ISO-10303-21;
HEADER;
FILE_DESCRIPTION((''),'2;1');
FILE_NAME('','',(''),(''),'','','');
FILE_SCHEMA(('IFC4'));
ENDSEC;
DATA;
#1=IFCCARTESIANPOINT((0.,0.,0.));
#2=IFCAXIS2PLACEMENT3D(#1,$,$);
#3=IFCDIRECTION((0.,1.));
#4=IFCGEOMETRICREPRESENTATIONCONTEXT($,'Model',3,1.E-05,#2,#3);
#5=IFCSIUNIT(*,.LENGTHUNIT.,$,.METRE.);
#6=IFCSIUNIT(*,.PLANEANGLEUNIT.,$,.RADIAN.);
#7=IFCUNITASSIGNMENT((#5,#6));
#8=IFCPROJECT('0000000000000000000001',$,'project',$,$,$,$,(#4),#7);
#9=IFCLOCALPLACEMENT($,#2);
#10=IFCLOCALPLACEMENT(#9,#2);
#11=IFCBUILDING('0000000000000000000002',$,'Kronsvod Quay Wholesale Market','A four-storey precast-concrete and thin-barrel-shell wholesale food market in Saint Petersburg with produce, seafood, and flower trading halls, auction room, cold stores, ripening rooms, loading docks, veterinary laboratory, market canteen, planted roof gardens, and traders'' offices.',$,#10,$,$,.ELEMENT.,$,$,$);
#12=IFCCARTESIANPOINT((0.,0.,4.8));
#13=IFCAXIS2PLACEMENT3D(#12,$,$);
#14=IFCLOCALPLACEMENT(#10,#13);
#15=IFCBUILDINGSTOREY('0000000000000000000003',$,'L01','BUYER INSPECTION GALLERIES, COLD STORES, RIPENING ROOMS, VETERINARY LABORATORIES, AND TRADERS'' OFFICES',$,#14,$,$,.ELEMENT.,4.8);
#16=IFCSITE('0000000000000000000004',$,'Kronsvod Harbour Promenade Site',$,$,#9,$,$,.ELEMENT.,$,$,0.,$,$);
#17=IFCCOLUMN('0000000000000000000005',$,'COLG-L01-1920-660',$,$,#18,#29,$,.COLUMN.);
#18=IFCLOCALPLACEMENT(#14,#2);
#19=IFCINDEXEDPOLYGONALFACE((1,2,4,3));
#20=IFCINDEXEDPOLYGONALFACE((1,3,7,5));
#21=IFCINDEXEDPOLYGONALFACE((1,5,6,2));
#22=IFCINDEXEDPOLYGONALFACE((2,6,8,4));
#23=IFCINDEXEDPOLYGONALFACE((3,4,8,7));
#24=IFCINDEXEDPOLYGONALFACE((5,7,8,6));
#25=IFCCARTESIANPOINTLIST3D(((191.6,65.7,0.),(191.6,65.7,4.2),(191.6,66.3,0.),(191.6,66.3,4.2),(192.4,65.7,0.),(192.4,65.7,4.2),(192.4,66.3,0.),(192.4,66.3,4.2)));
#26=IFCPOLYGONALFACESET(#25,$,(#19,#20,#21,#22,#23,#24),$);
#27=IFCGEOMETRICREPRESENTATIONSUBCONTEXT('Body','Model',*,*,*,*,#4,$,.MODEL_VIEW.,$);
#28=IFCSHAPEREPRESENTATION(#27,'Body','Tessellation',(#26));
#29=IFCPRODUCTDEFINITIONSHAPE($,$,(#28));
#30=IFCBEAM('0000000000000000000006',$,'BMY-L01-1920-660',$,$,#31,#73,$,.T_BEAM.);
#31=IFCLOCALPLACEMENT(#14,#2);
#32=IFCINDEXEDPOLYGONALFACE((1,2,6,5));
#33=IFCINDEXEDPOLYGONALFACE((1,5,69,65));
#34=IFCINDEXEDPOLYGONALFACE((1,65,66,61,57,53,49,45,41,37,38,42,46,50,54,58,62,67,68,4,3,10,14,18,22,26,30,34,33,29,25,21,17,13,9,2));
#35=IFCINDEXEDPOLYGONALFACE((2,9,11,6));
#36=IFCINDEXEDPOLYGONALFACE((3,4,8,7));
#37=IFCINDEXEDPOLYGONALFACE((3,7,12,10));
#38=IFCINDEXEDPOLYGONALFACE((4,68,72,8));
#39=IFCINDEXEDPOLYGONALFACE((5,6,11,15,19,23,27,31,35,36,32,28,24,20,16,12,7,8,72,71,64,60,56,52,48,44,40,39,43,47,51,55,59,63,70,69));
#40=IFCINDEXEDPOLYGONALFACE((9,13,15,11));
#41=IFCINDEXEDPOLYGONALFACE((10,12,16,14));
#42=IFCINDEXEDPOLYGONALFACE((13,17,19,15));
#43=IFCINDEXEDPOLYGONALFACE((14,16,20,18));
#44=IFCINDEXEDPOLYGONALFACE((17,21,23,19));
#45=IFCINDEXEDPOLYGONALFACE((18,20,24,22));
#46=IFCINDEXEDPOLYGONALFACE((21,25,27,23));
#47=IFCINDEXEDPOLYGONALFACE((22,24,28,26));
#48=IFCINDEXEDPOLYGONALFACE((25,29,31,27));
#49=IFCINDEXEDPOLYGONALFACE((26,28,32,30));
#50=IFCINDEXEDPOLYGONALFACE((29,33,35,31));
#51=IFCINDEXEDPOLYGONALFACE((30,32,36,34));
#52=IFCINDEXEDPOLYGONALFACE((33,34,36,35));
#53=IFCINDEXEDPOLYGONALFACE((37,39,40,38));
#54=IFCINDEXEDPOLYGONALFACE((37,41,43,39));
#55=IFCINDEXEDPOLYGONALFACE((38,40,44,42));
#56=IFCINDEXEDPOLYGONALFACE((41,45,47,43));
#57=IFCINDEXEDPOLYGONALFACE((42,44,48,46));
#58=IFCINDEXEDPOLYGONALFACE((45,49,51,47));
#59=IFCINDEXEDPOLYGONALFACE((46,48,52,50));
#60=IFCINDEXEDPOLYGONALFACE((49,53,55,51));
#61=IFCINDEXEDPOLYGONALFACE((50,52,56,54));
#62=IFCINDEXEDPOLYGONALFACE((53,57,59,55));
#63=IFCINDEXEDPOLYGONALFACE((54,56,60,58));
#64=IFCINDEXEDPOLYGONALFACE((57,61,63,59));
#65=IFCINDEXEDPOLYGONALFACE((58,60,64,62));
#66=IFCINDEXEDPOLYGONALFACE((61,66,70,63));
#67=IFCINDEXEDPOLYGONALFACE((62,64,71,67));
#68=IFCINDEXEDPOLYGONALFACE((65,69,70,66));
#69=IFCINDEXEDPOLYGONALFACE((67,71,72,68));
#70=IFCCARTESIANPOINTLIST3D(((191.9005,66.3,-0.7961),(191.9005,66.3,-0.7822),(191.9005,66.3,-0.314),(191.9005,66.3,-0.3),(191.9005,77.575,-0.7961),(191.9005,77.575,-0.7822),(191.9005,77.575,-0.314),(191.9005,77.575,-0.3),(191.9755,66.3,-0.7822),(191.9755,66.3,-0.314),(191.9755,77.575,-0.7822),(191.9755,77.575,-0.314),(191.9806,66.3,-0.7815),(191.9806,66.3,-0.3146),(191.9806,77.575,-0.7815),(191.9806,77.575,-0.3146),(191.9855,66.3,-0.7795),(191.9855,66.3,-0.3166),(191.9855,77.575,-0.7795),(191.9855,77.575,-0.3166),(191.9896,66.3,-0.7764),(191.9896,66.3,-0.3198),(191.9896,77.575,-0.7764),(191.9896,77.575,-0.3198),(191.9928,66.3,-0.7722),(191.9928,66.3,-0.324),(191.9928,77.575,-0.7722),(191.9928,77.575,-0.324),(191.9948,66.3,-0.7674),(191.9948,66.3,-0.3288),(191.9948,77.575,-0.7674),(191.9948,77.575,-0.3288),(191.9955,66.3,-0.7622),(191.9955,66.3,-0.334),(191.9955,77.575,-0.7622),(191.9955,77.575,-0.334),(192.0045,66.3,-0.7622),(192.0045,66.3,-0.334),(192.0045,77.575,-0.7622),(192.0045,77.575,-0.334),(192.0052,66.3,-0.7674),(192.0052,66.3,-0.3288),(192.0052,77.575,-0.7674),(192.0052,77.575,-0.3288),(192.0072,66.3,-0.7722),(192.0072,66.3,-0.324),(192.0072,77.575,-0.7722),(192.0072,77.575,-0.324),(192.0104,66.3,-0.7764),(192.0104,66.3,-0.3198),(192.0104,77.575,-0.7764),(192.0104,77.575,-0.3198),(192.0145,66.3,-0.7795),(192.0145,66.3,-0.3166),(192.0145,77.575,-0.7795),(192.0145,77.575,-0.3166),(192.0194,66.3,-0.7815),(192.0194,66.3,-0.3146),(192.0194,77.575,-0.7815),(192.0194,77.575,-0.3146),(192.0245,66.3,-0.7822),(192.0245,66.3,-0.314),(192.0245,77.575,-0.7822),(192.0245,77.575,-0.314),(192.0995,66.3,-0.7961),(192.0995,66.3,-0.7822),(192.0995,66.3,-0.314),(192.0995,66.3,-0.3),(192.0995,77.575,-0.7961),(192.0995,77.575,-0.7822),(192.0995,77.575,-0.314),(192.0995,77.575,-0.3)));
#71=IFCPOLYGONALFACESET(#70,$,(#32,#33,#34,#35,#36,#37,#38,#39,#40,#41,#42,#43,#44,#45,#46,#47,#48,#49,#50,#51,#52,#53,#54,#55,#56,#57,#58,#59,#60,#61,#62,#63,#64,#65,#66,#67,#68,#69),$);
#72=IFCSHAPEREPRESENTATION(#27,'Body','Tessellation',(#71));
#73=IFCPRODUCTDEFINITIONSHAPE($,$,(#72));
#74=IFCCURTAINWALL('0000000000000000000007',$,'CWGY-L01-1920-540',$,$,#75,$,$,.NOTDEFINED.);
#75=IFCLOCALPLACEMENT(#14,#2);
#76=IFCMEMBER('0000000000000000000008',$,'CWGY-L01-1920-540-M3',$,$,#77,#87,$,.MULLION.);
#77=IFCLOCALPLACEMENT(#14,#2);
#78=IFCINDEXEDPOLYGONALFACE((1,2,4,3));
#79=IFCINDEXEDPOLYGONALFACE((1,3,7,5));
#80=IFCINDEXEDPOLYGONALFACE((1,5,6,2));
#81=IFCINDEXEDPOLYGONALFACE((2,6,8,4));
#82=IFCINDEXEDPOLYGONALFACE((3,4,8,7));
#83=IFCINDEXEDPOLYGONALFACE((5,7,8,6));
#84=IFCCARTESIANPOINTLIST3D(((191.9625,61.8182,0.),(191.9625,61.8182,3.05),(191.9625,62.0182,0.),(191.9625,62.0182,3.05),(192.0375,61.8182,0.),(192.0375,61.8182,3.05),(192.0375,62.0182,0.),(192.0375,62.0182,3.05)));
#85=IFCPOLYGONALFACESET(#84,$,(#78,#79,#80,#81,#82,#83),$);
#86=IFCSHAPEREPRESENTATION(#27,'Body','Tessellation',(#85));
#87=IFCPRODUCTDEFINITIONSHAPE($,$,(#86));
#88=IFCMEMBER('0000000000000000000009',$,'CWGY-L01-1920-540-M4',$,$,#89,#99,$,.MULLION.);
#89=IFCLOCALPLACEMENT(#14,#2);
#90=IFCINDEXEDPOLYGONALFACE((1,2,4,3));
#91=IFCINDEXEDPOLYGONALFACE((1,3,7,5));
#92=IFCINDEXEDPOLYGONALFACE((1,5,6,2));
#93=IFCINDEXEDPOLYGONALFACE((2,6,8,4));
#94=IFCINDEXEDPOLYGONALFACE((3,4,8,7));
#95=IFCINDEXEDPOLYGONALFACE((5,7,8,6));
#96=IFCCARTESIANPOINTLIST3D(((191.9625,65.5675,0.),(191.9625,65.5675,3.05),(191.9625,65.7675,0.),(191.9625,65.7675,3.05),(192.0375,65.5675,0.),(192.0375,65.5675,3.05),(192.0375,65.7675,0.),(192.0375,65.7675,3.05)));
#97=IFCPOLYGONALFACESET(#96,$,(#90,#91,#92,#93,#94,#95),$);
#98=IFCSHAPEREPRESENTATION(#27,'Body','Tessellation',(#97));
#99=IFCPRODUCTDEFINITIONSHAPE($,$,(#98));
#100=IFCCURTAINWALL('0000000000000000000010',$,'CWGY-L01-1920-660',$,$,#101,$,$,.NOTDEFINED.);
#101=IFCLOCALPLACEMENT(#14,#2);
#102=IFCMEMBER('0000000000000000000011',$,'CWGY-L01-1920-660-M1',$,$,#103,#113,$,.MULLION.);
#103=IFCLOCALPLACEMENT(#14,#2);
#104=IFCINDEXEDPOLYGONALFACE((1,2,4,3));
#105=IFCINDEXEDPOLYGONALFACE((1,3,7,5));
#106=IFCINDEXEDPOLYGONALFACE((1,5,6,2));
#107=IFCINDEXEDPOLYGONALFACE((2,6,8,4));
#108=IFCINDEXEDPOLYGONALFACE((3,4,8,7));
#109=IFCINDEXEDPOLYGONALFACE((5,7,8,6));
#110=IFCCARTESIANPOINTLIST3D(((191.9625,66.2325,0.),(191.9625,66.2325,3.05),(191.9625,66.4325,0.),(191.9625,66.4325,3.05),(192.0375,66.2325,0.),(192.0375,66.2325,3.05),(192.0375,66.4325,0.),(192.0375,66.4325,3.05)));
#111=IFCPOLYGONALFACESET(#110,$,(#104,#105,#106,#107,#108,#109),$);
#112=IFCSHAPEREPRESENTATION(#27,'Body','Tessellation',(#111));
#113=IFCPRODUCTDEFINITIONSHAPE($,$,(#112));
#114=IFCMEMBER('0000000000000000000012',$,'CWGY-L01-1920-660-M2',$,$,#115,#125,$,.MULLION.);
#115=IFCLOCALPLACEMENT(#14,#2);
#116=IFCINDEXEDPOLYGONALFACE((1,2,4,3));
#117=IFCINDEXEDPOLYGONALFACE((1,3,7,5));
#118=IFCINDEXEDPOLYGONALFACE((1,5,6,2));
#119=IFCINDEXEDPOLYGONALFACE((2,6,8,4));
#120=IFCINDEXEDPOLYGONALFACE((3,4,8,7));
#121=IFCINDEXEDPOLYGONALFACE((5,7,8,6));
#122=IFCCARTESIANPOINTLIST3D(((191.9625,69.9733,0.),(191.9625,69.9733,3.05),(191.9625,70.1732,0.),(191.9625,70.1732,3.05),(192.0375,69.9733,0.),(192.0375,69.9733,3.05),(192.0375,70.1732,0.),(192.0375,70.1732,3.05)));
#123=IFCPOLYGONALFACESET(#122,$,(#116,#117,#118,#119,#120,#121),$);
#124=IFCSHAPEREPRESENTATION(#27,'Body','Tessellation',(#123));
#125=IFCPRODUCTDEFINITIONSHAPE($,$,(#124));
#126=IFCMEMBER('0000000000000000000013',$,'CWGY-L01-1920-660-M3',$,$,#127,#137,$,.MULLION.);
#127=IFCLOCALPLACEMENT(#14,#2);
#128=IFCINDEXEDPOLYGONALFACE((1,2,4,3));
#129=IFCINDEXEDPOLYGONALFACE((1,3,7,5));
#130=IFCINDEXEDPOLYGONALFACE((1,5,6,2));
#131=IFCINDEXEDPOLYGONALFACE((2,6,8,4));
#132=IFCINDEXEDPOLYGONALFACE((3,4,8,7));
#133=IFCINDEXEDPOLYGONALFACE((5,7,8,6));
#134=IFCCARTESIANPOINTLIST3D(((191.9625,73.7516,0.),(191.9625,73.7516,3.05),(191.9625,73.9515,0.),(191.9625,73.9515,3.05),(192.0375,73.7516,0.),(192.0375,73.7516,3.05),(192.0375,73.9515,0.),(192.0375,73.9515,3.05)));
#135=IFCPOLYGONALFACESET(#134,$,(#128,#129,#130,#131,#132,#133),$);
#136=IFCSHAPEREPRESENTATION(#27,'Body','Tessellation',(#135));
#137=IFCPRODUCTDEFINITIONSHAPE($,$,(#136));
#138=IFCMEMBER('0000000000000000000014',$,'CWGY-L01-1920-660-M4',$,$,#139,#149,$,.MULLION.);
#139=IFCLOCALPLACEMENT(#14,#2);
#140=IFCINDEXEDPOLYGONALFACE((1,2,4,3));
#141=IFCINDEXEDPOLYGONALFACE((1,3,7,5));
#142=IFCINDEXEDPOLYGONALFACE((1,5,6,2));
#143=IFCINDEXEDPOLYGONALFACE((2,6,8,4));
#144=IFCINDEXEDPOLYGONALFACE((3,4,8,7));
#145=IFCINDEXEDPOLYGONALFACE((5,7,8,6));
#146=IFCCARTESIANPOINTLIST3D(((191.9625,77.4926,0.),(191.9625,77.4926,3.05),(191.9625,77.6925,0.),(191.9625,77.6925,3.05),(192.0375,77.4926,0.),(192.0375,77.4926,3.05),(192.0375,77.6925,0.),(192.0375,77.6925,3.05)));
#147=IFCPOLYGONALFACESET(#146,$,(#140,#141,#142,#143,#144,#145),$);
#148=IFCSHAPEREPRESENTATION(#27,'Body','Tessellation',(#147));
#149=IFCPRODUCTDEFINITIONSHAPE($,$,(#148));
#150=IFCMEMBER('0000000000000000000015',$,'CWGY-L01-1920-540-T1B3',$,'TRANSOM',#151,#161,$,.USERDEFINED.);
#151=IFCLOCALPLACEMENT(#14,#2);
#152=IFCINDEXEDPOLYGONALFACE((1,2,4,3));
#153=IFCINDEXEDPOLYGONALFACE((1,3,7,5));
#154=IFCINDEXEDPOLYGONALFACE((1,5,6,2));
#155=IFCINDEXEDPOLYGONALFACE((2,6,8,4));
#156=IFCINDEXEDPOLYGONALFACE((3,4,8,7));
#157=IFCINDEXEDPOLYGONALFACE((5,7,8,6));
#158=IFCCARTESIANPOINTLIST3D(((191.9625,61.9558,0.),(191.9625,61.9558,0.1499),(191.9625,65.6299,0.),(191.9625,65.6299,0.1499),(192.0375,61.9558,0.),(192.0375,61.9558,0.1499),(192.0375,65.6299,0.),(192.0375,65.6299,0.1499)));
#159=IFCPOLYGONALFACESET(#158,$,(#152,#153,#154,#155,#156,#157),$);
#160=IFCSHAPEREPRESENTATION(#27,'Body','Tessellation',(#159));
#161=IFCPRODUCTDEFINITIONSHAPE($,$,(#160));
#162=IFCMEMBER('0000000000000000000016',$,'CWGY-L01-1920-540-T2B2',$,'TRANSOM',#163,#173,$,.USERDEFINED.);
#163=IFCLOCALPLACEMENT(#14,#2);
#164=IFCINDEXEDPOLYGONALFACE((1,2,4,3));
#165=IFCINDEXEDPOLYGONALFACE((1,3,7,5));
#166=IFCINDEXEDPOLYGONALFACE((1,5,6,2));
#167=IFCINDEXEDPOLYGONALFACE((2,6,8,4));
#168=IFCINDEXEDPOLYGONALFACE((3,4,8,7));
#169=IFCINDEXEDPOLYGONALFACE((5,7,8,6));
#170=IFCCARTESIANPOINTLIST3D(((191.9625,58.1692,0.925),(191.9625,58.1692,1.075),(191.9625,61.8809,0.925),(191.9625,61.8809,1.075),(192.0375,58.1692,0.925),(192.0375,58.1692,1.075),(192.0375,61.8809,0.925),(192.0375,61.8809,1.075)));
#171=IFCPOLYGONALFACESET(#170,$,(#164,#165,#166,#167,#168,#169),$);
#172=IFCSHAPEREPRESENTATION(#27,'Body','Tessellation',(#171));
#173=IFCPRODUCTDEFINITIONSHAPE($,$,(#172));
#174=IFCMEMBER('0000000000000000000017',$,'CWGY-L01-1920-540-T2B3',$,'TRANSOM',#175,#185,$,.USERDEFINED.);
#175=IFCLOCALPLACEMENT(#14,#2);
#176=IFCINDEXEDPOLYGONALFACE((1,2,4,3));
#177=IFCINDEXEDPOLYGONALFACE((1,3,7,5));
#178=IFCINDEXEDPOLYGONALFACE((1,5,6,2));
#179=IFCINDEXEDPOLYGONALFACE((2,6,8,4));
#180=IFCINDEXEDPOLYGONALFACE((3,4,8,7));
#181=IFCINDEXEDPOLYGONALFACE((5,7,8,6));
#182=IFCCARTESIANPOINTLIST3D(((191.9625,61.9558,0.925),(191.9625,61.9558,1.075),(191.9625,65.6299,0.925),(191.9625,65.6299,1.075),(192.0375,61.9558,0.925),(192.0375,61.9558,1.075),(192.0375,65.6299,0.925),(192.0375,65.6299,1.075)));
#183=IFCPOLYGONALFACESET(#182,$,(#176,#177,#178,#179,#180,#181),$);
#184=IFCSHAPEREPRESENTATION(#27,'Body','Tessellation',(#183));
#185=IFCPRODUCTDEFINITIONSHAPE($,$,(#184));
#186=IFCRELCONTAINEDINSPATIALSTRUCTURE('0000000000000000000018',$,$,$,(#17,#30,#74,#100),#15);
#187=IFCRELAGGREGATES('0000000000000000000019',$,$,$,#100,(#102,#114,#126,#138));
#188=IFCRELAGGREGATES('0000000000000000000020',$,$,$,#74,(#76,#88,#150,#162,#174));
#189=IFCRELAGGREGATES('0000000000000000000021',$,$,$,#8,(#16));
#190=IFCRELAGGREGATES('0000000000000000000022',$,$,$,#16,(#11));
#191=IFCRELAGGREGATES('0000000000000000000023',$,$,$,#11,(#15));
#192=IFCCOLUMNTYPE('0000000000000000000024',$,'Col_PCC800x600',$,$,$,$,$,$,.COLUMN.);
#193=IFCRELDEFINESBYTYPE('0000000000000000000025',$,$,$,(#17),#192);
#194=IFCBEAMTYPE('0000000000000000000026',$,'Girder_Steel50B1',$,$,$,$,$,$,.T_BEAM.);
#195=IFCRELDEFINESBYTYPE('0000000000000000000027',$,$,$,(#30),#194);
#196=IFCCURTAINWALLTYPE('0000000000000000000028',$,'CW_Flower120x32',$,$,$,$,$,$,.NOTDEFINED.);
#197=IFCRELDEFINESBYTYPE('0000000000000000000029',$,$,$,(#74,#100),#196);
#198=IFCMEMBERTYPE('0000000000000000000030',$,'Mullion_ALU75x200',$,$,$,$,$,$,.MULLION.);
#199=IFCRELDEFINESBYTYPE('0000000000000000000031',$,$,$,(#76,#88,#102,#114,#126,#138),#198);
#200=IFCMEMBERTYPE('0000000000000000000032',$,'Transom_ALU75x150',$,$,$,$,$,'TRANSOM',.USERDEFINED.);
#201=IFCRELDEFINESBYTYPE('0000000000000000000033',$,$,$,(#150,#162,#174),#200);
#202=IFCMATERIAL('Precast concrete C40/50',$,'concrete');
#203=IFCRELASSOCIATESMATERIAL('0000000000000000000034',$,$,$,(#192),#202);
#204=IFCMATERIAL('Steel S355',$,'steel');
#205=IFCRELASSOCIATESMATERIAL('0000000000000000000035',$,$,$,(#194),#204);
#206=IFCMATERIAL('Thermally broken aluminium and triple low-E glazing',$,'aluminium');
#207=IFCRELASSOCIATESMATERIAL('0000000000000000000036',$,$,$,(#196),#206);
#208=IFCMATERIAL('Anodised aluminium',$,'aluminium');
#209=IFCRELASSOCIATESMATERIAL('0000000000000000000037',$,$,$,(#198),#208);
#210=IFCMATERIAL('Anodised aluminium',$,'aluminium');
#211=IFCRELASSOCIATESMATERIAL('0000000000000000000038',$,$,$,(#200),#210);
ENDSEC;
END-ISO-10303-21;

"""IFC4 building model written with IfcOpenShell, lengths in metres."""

from ifc_helpers import new_model, si_unit, direction, frame, origin, origin_2d, place, context, subcontext, project, spatial, rectangle, i_section, extrude, material, material_profile, profile_set, type_object, element, aggregate, save


model = new_model("IFC4")

# Units and contexts
model_context = context("Model", 3, precision=1e-05, world=origin(), true_north=direction((0.0, 1.0)))
body_context = subcontext(model_context, "Body", "Model", "MODEL_VIEW")
ifc_project = project(units=[si_unit("LENGTHUNIT", "METRE"), si_unit("PLANEANGLEUNIT", "RADIAN")], contexts=[model_context])

# Site, building, storey
site_placement = place(None, origin())
site = spatial("IfcSite", under=ifc_project, at=site_placement, Name="Kronsvod Harbour Promenade Site", CompositionType="ELEMENT", RefElevation=0.0)
building_placement = place(site_placement, origin())
building = spatial("IfcBuilding", under=site, at=building_placement, Name="Kronsvod Quay Wholesale Market", Description="A four-storey precast-concrete and thin-barrel-shell wholesale food market in Saint Petersburg with produce, seafood, and flower trading halls, auction room, cold stores, ripening rooms, loading docks, veterinary laboratory, market canteen, planted roof gardens, and traders' offices.", CompositionType="ELEMENT")
storey_placement = place(building_placement, frame((0.0, 0.0, 4.8)))
storey = spatial("IfcBuildingStorey", under=building, at=storey_placement, Name="L01", Description="BUYER INSPECTION GALLERIES, COLD STORES, RIPENING ROOMS, VETERINARY LABORATORIES, AND TRADERS' OFFICES", CompositionType="ELEMENT", Elevation=4.8)

# Column
ifc_material_1 = material(Name="Precast concrete C40/50", Category="concrete")
ifc_material_profile_1 = material_profile(ifc_material_1, rectangle(XDim=0.8, YDim=0.6001, at=origin_2d()), Name="PCC800x600")
ifc_profile_set_1 = profile_set([ifc_material_profile_1], Name="Precast concrete C40/50")
column_type = type_object("IfcColumnType", Name="Col_PCC800x600", PredefinedType="COLUMN", material=ifc_profile_set_1)
column_placement = place(storey_placement, frame((192.0, 66.0, 0.0), z_axis=(0.0, 0.0, 1.0), x_axis=(1.0, 0.0, 0.0)))
element("IfcColumn", 1, at=column_placement, inside=storey, type_object=column_type, Name="COLG-L01-1920-660", PredefinedType="COLUMN", context=body_context, shape_type="SweptSolid", body=[
    extrude(rectangle(XDim=0.8, YDim=0.6001, at=origin_2d()), origin(), (0.0, 0.0, 1.0), 4.2),
])

# Beam
ifc_material_2 = material(Name="Steel S355", Category="steel")
ifc_material_profile_2 = material_profile(ifc_material_2, i_section(OverallWidth=0.199, OverallDepth=0.4961, WebThickness=0.009, FlangeThickness=0.0139, FilletRadius=0.02, at=origin_2d()), Name="50B1")
ifc_profile_set_2 = profile_set([ifc_material_profile_2], Name="Steel S355")
beam_type = type_object("IfcBeamType", Name="Girder_Steel50B1", PredefinedType="T_BEAM", material=ifc_profile_set_2)
beam_placement = place(storey_placement, frame((192.0, 66.3, -0.5481), z_axis=(0.0, 1.0, 0.0), x_axis=(-1.0, 0.0, 0.0)))
element("IfcBeam", 2, at=beam_placement, inside=storey, type_object=beam_type, Name="BMY-L01-1920-660", PredefinedType="T_BEAM", context=body_context, shape_type="SweptSolid", body=[
    extrude(i_section(OverallWidth=0.199, OverallDepth=0.4961, WebThickness=0.009, FlangeThickness=0.0139, FilletRadius=0.02, at=origin_2d()), origin(), (0.0, 0.0, 1.0), 11.2749),
])

# Curtain walls, members
ifc_material_3 = material(Name="Thermally broken aluminium and triple low-E glazing", Category="aluminium")
curtain_wall_type = type_object("IfcCurtainWallType", Name="CW_Flower120x32", PredefinedType="NOTDEFINED", material=ifc_material_3)
curtain_wall_1_placement = place(storey_placement, origin())
curtain_wall_1 = element("IfcCurtainWall", 3, at=curtain_wall_1_placement, inside=storey, type_object=curtain_wall_type, Name="CWGY-L01-1920-540", PredefinedType="NOTDEFINED")
ifc_material_4 = material(Name="Anodised aluminium", Category="aluminium")
ifc_material_profile_3 = material_profile(ifc_material_4, rectangle(XDim=0.075, YDim=0.2, at=origin_2d()), Name="ALUM75x200")
ifc_profile_set_3 = profile_set([ifc_material_profile_3], Name="Anodised aluminium")
member_type_1 = type_object("IfcMemberType", Name="Mullion_ALU75x200", PredefinedType="MULLION", material=ifc_profile_set_3)
member_1_placement = place(storey_placement, frame((192.0, 61.9182, 0.0), z_axis=(0.0, 0.0, 1.0), x_axis=(1.0, 0.0, 0.0)))
member_1 = element("IfcMember", 4, at=member_1_placement, type_object=member_type_1, Name="CWGY-L01-1920-540-M3", PredefinedType="MULLION", context=body_context, shape_type="SweptSolid", body=[
    extrude(rectangle(XDim=0.075, YDim=0.2, at=origin_2d()), origin(), (0.0, 0.0, 1.0), 3.05),
])
member_2_placement = place(storey_placement, frame((192.0, 65.6675, 0.0), z_axis=(0.0, 0.0, 1.0), x_axis=(1.0, 0.0, 0.0)))
member_2 = element("IfcMember", 5, at=member_2_placement, type_object=member_type_1, Name="CWGY-L01-1920-540-M4", PredefinedType="MULLION", context=body_context, shape_type="SweptSolid", body=[
    extrude(rectangle(XDim=0.075, YDim=0.2, at=origin_2d()), origin(), (0.0, 0.0, 1.0), 3.05),
])
curtain_wall_2_placement = place(storey_placement, origin())
curtain_wall_2 = element("IfcCurtainWall", 6, at=curtain_wall_2_placement, inside=storey, type_object=curtain_wall_type, Name="CWGY-L01-1920-660", PredefinedType="NOTDEFINED")
member_3_placement = place(storey_placement, frame((192.0, 66.3325, 0.0), z_axis=(0.0, 0.0, 1.0), x_axis=(1.0, 0.0, 0.0)))
member_3 = element("IfcMember", 7, at=member_3_placement, type_object=member_type_1, Name="CWGY-L01-1920-660-M1", PredefinedType="MULLION", context=body_context, shape_type="SweptSolid", body=[
    extrude(rectangle(XDim=0.075, YDim=0.2, at=origin_2d()), origin(), (0.0, 0.0, 1.0), 3.05),
])
member_4_placement = place(storey_placement, frame((192.0, 70.0732, 0.0), z_axis=(0.0, 0.0, 1.0), x_axis=(1.0, 0.0, 0.0)))
member_4 = element("IfcMember", 8, at=member_4_placement, type_object=member_type_1, Name="CWGY-L01-1920-660-M2", PredefinedType="MULLION", context=body_context, shape_type="SweptSolid", body=[
    extrude(rectangle(XDim=0.075, YDim=0.2, at=origin_2d()), origin(), (0.0, 0.0, 1.0), 3.05),
])
member_5_placement = place(storey_placement, frame((192.0, 73.8516, 0.0), z_axis=(0.0, 0.0, 1.0), x_axis=(1.0, 0.0, 0.0)))
member_5 = element("IfcMember", 9, at=member_5_placement, type_object=member_type_1, Name="CWGY-L01-1920-660-M3", PredefinedType="MULLION", context=body_context, shape_type="SweptSolid", body=[
    extrude(rectangle(XDim=0.075, YDim=0.2, at=origin_2d()), origin(), (0.0, 0.0, 1.0), 3.05),
])
member_6_placement = place(storey_placement, frame((192.0, 77.5925, 0.0), z_axis=(0.0, 0.0, 1.0), x_axis=(1.0, 0.0, 0.0)))
member_6 = element("IfcMember", 10, at=member_6_placement, type_object=member_type_1, Name="CWGY-L01-1920-660-M4", PredefinedType="MULLION", context=body_context, shape_type="SweptSolid", body=[
    extrude(rectangle(XDim=0.075, YDim=0.2, at=origin_2d()), origin(), (0.0, 0.0, 1.0), 3.05),
])

# Members
ifc_material_5 = material(Name="Anodised aluminium", Category="aluminium")
ifc_material_profile_4 = material_profile(ifc_material_5, rectangle(XDim=0.075, YDim=0.1499, at=origin_2d()), Name="ALUT75x150")
ifc_profile_set_4 = profile_set([ifc_material_profile_4], Name="Anodised aluminium")
member_type_2 = type_object("IfcMemberType", Name="Transom_ALU75x150", ElementType="TRANSOM", PredefinedType="USERDEFINED", material=ifc_profile_set_4)
member_7_placement = place(storey_placement, frame((192.0, 61.9558, 0.075), z_axis=(0.0, 1.0, 0.0), x_axis=(-1.0, 0.0, 0.0)))
member_7 = element("IfcMember", 11, at=member_7_placement, type_object=member_type_2, Name="CWGY-L01-1920-540-T1B3", ObjectType="TRANSOM", PredefinedType="USERDEFINED", context=body_context, shape_type="SweptSolid", body=[
    extrude(rectangle(XDim=0.075, YDim=0.1499, at=origin_2d()), origin(), (0.0, 0.0, 1.0), 3.6741),
])
member_8_placement = place(storey_placement, frame((192.0, 58.1692, 1.0), z_axis=(0.0, 1.0, 0.0), x_axis=(-1.0, 0.0, 0.0)))
member_8 = element("IfcMember", 12, at=member_8_placement, type_object=member_type_2, Name="CWGY-L01-1920-540-T2B2", ObjectType="TRANSOM", PredefinedType="USERDEFINED", context=body_context, shape_type="SweptSolid", body=[
    extrude(rectangle(XDim=0.075, YDim=0.1499, at=origin_2d()), origin(), (0.0, 0.0, 1.0), 3.7117),
])
member_9_placement = place(storey_placement, frame((192.0, 61.9558, 1.0), z_axis=(0.0, 1.0, 0.0), x_axis=(-1.0, 0.0, 0.0)))
member_9 = element("IfcMember", 13, at=member_9_placement, type_object=member_type_2, Name="CWGY-L01-1920-540-T2B3", ObjectType="TRANSOM", PredefinedType="USERDEFINED", context=body_context, shape_type="SweptSolid", body=[
    extrude(rectangle(XDim=0.075, YDim=0.1499, at=origin_2d()), origin(), (0.0, 0.0, 1.0), 3.6741),
])

aggregate(curtain_wall_2, [member_3, member_4, member_5, member_6])
aggregate(curtain_wall_1, [member_1, member_2, member_7, member_8, member_9])

save(model, "model.ifc")
